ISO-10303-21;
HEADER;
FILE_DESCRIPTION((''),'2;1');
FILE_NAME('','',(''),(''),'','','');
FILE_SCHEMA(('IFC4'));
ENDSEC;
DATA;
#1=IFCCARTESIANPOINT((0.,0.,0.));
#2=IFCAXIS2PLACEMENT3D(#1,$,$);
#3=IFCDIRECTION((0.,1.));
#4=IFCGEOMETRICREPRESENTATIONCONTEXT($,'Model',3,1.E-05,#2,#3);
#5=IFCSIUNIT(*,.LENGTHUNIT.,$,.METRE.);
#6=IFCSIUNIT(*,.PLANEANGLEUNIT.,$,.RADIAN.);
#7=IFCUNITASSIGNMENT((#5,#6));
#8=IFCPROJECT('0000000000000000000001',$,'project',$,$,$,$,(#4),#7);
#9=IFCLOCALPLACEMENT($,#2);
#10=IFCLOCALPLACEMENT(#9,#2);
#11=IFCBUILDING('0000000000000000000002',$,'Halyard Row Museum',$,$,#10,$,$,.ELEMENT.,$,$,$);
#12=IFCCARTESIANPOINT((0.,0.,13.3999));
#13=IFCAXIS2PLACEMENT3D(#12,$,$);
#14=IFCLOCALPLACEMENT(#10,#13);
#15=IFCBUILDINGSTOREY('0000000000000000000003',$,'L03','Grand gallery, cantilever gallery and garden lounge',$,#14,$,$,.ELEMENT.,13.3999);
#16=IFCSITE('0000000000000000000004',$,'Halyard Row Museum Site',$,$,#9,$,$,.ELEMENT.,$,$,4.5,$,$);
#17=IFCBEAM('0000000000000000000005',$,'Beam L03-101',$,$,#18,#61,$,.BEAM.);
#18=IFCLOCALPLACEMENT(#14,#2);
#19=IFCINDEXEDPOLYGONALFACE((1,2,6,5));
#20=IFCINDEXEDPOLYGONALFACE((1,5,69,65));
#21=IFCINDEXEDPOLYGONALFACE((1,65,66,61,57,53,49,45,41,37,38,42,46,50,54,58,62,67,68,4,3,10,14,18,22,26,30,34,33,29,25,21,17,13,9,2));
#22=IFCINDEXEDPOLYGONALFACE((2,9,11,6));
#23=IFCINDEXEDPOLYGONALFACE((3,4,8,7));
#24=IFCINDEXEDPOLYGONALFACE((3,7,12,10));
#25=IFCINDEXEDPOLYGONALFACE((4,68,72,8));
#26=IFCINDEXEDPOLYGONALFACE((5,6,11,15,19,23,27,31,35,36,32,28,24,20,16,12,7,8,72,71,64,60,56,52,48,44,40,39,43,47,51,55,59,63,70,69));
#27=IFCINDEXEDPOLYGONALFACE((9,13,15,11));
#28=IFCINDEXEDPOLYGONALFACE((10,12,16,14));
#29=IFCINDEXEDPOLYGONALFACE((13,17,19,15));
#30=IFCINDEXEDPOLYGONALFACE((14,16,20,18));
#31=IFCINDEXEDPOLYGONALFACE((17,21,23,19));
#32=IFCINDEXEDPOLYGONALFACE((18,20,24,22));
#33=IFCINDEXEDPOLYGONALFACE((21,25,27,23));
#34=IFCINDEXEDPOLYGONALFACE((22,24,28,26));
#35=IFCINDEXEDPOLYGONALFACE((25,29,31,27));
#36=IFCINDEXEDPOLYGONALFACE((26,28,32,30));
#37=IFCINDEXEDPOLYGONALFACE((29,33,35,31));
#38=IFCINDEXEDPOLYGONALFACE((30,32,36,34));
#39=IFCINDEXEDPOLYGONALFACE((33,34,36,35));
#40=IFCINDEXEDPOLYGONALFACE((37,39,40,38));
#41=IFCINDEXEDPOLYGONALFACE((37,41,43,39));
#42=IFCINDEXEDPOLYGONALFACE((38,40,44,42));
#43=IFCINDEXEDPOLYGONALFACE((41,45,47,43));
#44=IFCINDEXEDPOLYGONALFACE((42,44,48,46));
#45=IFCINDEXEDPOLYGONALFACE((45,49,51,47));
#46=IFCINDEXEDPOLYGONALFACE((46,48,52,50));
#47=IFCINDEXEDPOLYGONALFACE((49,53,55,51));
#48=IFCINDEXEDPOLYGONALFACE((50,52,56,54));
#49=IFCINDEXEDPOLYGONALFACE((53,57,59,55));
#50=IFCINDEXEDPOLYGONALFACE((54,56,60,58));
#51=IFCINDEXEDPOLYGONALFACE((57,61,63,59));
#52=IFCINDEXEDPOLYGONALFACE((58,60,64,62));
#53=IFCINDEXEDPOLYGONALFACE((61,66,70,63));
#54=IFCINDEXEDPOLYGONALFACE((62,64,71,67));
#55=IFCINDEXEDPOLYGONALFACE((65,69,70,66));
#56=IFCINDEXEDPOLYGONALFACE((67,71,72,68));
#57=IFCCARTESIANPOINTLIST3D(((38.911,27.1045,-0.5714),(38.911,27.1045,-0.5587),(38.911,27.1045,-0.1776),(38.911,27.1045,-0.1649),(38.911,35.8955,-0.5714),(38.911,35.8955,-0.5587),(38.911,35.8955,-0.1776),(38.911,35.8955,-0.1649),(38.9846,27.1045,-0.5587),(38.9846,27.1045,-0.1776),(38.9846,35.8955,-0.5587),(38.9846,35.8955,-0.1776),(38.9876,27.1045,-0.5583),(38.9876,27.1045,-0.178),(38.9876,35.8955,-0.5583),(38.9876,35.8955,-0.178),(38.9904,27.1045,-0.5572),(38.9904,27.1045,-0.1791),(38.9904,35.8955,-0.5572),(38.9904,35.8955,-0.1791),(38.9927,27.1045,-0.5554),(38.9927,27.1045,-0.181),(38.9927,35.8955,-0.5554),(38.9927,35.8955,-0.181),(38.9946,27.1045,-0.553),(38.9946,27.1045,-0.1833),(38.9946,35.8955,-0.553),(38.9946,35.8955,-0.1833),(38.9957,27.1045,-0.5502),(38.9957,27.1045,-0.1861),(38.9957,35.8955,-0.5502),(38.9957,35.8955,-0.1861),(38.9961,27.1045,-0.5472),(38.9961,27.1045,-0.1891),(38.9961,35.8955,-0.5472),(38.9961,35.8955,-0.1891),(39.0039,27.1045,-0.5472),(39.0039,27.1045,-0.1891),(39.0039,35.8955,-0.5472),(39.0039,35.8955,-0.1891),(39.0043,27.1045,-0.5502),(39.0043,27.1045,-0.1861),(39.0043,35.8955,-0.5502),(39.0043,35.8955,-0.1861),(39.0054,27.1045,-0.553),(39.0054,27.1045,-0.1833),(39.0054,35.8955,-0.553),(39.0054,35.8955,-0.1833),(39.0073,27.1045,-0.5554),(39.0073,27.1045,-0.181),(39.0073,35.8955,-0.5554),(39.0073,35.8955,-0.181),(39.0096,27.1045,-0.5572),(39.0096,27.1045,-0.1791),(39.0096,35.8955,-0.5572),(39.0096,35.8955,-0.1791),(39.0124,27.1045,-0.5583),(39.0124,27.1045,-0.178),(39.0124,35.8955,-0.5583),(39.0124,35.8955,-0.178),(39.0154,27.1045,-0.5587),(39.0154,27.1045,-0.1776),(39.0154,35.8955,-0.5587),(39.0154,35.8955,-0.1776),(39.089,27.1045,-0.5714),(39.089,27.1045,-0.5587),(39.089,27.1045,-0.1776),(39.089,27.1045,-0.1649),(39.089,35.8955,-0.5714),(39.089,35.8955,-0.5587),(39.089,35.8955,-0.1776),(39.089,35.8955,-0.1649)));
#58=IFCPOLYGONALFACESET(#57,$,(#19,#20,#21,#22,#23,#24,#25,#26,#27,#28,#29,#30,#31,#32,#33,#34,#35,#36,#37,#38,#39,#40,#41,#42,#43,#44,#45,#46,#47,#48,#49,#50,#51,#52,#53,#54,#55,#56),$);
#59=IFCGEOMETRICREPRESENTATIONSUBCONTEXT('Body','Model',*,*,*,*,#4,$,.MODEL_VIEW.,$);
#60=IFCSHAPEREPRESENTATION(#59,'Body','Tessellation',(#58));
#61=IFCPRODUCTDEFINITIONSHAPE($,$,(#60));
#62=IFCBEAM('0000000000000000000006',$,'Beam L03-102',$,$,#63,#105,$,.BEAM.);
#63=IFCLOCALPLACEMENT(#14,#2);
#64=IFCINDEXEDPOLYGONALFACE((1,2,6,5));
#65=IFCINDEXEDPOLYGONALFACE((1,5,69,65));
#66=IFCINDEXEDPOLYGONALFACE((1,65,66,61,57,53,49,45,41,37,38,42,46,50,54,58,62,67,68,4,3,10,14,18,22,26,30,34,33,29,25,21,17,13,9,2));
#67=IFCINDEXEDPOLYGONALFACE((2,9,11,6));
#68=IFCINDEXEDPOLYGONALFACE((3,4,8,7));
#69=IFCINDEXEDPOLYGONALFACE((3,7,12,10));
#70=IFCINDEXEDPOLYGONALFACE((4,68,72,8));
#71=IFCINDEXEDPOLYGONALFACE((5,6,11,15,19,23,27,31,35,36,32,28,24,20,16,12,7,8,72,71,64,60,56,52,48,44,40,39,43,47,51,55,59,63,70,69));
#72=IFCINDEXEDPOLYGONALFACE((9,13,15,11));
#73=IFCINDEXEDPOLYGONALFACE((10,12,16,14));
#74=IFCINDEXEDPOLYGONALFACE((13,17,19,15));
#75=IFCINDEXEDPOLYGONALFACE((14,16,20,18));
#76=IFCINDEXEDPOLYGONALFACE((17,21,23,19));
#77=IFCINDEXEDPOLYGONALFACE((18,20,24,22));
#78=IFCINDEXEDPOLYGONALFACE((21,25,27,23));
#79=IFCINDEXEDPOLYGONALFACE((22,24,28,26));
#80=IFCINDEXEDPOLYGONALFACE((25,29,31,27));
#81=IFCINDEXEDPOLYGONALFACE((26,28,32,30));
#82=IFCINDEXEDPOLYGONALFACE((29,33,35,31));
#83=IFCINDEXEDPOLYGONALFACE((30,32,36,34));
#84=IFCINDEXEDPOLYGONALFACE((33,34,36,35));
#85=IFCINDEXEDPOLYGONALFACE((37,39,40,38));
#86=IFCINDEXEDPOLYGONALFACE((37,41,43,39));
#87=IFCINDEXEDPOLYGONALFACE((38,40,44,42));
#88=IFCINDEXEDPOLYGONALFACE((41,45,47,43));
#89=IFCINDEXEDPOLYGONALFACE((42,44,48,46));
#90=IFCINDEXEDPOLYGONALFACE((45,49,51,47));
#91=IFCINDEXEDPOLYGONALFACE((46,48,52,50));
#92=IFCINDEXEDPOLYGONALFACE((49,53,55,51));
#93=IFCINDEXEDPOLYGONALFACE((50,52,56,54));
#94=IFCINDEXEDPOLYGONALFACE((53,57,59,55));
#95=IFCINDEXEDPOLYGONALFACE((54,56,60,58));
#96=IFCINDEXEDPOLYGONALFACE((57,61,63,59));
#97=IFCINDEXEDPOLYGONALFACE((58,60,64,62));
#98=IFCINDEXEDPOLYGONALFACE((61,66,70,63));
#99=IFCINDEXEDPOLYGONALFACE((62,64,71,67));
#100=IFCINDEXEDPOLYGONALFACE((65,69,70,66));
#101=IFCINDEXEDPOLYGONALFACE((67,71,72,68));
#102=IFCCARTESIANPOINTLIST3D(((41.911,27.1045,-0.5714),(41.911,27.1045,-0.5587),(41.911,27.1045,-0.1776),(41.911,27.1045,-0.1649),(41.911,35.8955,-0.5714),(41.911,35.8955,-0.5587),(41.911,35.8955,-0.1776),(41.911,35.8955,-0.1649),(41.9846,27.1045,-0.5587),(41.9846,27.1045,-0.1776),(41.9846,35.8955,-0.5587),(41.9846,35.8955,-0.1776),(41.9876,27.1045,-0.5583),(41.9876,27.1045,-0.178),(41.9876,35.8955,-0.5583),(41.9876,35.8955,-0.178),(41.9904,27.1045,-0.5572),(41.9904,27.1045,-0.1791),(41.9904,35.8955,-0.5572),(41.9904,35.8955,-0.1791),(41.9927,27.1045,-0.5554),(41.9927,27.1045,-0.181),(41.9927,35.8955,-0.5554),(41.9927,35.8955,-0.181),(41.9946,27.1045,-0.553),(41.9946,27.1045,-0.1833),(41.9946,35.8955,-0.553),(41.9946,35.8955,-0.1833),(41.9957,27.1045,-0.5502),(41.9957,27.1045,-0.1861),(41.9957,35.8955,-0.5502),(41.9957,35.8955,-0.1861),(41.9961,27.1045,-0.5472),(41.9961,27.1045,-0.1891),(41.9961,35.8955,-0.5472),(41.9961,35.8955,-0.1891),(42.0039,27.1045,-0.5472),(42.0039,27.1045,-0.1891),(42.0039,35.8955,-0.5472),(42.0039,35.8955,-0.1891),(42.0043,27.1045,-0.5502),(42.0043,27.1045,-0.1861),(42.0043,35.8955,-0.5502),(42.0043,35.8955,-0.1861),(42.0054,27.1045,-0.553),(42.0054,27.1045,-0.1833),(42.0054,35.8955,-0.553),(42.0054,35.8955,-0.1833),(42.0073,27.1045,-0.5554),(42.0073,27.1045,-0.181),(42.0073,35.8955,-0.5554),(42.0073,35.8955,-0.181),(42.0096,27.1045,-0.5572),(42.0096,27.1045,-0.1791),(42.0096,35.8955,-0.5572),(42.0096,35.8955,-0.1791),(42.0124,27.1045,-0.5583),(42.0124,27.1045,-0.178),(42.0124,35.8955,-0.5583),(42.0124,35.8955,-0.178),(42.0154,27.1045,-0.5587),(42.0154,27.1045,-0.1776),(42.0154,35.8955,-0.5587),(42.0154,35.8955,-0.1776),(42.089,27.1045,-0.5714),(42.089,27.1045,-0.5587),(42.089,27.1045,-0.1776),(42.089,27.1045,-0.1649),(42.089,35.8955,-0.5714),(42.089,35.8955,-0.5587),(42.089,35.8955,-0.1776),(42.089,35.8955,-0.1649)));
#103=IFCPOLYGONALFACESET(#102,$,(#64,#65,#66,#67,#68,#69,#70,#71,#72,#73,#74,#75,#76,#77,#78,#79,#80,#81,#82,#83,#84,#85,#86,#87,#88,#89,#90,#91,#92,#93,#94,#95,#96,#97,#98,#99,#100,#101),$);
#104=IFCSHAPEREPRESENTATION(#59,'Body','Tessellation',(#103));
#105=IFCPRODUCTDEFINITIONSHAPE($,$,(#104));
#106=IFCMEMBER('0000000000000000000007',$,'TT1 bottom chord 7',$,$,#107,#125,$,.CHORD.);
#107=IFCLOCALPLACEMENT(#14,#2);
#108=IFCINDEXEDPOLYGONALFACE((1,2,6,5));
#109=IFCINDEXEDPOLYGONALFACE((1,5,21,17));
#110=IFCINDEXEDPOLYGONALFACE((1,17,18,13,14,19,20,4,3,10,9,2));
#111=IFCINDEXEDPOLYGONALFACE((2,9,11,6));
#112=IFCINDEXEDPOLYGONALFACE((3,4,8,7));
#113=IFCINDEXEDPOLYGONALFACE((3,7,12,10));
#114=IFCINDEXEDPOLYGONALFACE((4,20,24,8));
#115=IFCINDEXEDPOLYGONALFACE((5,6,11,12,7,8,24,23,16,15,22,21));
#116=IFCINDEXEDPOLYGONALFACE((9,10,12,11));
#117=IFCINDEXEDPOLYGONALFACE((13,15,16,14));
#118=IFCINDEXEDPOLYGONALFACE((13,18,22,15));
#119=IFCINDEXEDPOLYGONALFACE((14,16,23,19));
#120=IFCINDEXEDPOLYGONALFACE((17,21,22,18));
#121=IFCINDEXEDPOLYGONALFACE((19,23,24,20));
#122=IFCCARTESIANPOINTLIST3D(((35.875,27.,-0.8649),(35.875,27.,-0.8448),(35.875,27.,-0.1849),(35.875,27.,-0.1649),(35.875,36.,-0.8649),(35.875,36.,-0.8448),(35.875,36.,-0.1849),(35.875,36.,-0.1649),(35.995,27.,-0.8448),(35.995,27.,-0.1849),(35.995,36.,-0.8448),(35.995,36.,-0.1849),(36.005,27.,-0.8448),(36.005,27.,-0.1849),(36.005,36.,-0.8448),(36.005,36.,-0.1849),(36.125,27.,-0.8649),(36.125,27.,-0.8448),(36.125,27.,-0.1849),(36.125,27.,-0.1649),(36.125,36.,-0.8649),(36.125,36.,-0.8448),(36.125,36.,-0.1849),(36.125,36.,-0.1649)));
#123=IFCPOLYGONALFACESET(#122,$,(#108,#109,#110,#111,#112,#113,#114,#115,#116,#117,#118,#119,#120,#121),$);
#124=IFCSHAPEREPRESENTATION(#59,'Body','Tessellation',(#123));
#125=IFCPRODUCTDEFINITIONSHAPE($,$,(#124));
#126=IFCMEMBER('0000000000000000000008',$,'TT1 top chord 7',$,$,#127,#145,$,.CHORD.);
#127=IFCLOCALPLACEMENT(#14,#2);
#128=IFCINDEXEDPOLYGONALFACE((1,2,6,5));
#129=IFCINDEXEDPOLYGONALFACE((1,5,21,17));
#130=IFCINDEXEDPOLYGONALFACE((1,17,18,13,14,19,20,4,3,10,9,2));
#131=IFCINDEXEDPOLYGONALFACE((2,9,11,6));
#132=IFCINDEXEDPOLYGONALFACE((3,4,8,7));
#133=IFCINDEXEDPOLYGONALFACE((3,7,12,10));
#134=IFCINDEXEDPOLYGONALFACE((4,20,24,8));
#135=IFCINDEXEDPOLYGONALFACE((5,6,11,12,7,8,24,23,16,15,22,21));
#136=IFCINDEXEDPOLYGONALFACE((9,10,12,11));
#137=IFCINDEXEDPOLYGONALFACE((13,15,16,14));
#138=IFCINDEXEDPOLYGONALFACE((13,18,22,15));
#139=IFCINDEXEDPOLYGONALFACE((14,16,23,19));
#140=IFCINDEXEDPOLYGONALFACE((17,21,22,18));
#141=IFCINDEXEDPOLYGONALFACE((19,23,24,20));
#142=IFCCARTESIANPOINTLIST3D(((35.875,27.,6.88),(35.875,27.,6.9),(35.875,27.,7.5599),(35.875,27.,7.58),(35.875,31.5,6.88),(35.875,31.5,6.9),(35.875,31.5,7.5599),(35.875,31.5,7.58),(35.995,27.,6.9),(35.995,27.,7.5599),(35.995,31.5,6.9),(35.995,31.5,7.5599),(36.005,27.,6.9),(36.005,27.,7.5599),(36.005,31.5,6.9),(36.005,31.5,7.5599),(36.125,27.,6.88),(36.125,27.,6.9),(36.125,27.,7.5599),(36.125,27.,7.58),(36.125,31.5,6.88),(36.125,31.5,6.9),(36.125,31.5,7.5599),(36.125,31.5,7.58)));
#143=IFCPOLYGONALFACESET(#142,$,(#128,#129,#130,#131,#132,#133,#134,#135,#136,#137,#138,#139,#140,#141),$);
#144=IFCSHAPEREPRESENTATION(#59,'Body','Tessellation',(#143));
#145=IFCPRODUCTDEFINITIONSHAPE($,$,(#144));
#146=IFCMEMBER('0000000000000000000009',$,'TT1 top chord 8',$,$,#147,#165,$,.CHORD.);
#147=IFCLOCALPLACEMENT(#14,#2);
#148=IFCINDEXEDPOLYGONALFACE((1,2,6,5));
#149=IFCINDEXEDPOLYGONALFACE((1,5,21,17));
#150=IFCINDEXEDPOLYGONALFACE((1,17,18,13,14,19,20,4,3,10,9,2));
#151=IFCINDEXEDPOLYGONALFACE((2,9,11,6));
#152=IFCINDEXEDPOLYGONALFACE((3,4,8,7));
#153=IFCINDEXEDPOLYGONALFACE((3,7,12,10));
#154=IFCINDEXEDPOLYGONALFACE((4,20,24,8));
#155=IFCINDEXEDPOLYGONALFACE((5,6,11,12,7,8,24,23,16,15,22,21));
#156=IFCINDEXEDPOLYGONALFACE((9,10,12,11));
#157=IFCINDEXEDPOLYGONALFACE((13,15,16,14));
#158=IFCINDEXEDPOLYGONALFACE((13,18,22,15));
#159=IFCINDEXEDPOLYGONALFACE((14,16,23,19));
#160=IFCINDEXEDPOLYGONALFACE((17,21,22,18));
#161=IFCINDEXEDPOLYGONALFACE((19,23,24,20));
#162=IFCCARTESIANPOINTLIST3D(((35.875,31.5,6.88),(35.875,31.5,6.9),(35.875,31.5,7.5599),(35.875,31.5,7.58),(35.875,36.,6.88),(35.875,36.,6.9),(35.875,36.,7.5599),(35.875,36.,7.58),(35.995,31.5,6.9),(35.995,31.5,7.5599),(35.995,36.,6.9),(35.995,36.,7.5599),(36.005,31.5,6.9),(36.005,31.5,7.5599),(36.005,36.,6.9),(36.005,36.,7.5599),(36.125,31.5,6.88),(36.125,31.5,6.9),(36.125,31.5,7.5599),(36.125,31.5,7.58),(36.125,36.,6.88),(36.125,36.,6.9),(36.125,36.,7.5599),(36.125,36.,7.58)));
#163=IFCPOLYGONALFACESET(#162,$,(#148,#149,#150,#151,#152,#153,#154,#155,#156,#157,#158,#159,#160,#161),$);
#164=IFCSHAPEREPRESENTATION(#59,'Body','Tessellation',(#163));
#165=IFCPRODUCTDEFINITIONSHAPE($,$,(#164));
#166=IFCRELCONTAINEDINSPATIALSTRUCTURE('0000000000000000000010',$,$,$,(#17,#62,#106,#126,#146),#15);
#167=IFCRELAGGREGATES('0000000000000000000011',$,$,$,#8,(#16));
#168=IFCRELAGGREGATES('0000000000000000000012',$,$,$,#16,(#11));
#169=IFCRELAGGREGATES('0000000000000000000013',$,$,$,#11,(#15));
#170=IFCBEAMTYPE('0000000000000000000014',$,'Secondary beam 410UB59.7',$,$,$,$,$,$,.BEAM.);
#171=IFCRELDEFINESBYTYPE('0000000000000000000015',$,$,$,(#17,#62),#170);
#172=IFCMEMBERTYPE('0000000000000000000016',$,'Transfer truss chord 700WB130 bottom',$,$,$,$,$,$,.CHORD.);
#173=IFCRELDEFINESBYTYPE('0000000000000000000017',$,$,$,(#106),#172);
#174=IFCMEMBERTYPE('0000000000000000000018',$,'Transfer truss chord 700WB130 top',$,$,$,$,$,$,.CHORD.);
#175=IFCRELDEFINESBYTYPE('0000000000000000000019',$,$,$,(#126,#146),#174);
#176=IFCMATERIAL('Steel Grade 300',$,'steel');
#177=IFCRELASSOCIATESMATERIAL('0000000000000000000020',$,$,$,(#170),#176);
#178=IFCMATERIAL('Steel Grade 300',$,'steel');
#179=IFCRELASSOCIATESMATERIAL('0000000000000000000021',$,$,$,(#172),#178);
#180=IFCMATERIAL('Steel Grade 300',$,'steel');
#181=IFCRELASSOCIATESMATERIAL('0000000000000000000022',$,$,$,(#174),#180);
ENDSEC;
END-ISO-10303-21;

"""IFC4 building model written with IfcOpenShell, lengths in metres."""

from ifc_helpers import new_model, si_unit, direction, frame, origin, origin_2d, place, context, subcontext, project, spatial, i_section, extrude, material, material_profile, profile_set, type_object, element, save


model = new_model("IFC4")

# Units and contexts
model_context = context("Model", 3, precision=1e-05, world=origin(), true_north=direction((0.0, 1.0)))
body_context = subcontext(model_context, "Body", "Model", "MODEL_VIEW")
ifc_project = project(units=[si_unit("LENGTHUNIT", "METRE"), si_unit("PLANEANGLEUNIT", "RADIAN")], contexts=[model_context])

# Site, building, storey
site_placement = place(None, origin())
site = spatial("IfcSite", under=ifc_project, at=site_placement, Name="Halyard Row Museum Site", CompositionType="ELEMENT", RefElevation=4.5)
building_placement = place(site_placement, origin())
building = spatial("IfcBuilding", under=site, at=building_placement, Name="Halyard Row Museum", CompositionType="ELEMENT")
storey_placement = place(building_placement, frame((0.0, 0.0, 13.3999)))
storey = spatial("IfcBuildingStorey", under=building, at=storey_placement, Name="L03", Description="Grand gallery, cantilever gallery and garden lounge", CompositionType="ELEMENT", Elevation=13.3999)

# Beams
ifc_material_1 = material(Name="Steel Grade 300", Category="steel")
ifc_material_profile_1 = material_profile(ifc_material_1, i_section(OverallWidth=0.178, OverallDepth=0.4065, WebThickness=0.0078, FlangeThickness=0.0127, FilletRadius=0.0115, at=origin_2d()), Name="410UB59.7")
ifc_profile_set_1 = profile_set([ifc_material_profile_1], Name="Steel Grade 300")
beam_type_1 = type_object("IfcBeamType", Name="Secondary beam 410UB59.7", PredefinedType="BEAM", material=ifc_profile_set_1)
for number, where, z_axis, x_axis, name in (
    (1, (39.0, 27.1045, -0.3682), (0.0, 1.0, 0.0), (-1.0, 0.0, 0.0), "Beam L03-101"),
    (2, (42.0, 27.1045, -0.3682), (0.0, 1.0, 0.0), (-1.0, 0.0, 0.0), "Beam L03-102"),
):
    element("IfcBeam", number, at=place(storey_placement, frame(where, z_axis=z_axis, x_axis=x_axis)), inside=storey, type_object=beam_type_1, Name=name, PredefinedType="BEAM", context=body_context, shape_type="SweptSolid", body=[
        extrude(i_section(OverallWidth=0.178, OverallDepth=0.4065, WebThickness=0.0078, FlangeThickness=0.0127, FilletRadius=0.0115, at=origin_2d()), origin(), (0.0, 0.0, 1.0), 8.791),
    ])

# Members
ifc_material_2 = material(Name="Steel Grade 300", Category="steel")
ifc_material_profile_2 = material_profile(ifc_material_2, i_section(OverallWidth=0.25, OverallDepth=0.7, WebThickness=0.01, FlangeThickness=0.02, at=origin_2d()), Name="700WB130")
ifc_profile_set_2 = profile_set([ifc_material_profile_2], Name="Steel Grade 300")
member_type_1 = type_object("IfcMemberType", Name="Transfer truss chord 700WB130 bottom", PredefinedType="CHORD", material=ifc_profile_set_2)
member_1_placement = place(storey_placement, frame((36.0, 27.0, -0.5149), z_axis=(0.0, 1.0, 0.0), x_axis=(-1.0, 0.0, 0.0)))
element("IfcMember", 3, at=member_1_placement, inside=storey, type_object=member_type_1, Name="TT1 bottom chord 7", PredefinedType="CHORD", context=body_context, shape_type="SweptSolid", body=[
    extrude(i_section(OverallWidth=0.25, OverallDepth=0.7, WebThickness=0.01, FlangeThickness=0.02, at=origin_2d()), origin(), (0.0, 0.0, 1.0), 9.0),
])
ifc_material_3 = material(Name="Steel Grade 300", Category="steel")
ifc_material_profile_3 = material_profile(ifc_material_3, i_section(OverallWidth=0.25, OverallDepth=0.7, WebThickness=0.01, FlangeThickness=0.02, at=origin_2d()), Name="700WB130")
ifc_profile_set_3 = profile_set([ifc_material_profile_3], Name="Steel Grade 300")
member_type_2 = type_object("IfcMemberType", Name="Transfer truss chord 700WB130 top", PredefinedType="CHORD", material=ifc_profile_set_3)
for number, where, z_axis, x_axis, name in (
    (4, (36.0, 27.0, 7.23), (0.0, 1.0, 0.0), (-1.0, 0.0, 0.0), "TT1 top chord 7"),
    (5, (36.0, 31.5, 7.23), (0.0, 1.0, 0.0), (-1.0, 0.0, 0.0), "TT1 top chord 8"),
):
    element("IfcMember", number, at=place(storey_placement, frame(where, z_axis=z_axis, x_axis=x_axis)), inside=storey, type_object=member_type_2, Name=name, PredefinedType="CHORD", context=body_context, shape_type="SweptSolid", body=[
        extrude(i_section(OverallWidth=0.25, OverallDepth=0.7, WebThickness=0.01, FlangeThickness=0.02, at=origin_2d()), origin(), (0.0, 0.0, 1.0), 4.5),
    ])

save(model, "model.ifc")
